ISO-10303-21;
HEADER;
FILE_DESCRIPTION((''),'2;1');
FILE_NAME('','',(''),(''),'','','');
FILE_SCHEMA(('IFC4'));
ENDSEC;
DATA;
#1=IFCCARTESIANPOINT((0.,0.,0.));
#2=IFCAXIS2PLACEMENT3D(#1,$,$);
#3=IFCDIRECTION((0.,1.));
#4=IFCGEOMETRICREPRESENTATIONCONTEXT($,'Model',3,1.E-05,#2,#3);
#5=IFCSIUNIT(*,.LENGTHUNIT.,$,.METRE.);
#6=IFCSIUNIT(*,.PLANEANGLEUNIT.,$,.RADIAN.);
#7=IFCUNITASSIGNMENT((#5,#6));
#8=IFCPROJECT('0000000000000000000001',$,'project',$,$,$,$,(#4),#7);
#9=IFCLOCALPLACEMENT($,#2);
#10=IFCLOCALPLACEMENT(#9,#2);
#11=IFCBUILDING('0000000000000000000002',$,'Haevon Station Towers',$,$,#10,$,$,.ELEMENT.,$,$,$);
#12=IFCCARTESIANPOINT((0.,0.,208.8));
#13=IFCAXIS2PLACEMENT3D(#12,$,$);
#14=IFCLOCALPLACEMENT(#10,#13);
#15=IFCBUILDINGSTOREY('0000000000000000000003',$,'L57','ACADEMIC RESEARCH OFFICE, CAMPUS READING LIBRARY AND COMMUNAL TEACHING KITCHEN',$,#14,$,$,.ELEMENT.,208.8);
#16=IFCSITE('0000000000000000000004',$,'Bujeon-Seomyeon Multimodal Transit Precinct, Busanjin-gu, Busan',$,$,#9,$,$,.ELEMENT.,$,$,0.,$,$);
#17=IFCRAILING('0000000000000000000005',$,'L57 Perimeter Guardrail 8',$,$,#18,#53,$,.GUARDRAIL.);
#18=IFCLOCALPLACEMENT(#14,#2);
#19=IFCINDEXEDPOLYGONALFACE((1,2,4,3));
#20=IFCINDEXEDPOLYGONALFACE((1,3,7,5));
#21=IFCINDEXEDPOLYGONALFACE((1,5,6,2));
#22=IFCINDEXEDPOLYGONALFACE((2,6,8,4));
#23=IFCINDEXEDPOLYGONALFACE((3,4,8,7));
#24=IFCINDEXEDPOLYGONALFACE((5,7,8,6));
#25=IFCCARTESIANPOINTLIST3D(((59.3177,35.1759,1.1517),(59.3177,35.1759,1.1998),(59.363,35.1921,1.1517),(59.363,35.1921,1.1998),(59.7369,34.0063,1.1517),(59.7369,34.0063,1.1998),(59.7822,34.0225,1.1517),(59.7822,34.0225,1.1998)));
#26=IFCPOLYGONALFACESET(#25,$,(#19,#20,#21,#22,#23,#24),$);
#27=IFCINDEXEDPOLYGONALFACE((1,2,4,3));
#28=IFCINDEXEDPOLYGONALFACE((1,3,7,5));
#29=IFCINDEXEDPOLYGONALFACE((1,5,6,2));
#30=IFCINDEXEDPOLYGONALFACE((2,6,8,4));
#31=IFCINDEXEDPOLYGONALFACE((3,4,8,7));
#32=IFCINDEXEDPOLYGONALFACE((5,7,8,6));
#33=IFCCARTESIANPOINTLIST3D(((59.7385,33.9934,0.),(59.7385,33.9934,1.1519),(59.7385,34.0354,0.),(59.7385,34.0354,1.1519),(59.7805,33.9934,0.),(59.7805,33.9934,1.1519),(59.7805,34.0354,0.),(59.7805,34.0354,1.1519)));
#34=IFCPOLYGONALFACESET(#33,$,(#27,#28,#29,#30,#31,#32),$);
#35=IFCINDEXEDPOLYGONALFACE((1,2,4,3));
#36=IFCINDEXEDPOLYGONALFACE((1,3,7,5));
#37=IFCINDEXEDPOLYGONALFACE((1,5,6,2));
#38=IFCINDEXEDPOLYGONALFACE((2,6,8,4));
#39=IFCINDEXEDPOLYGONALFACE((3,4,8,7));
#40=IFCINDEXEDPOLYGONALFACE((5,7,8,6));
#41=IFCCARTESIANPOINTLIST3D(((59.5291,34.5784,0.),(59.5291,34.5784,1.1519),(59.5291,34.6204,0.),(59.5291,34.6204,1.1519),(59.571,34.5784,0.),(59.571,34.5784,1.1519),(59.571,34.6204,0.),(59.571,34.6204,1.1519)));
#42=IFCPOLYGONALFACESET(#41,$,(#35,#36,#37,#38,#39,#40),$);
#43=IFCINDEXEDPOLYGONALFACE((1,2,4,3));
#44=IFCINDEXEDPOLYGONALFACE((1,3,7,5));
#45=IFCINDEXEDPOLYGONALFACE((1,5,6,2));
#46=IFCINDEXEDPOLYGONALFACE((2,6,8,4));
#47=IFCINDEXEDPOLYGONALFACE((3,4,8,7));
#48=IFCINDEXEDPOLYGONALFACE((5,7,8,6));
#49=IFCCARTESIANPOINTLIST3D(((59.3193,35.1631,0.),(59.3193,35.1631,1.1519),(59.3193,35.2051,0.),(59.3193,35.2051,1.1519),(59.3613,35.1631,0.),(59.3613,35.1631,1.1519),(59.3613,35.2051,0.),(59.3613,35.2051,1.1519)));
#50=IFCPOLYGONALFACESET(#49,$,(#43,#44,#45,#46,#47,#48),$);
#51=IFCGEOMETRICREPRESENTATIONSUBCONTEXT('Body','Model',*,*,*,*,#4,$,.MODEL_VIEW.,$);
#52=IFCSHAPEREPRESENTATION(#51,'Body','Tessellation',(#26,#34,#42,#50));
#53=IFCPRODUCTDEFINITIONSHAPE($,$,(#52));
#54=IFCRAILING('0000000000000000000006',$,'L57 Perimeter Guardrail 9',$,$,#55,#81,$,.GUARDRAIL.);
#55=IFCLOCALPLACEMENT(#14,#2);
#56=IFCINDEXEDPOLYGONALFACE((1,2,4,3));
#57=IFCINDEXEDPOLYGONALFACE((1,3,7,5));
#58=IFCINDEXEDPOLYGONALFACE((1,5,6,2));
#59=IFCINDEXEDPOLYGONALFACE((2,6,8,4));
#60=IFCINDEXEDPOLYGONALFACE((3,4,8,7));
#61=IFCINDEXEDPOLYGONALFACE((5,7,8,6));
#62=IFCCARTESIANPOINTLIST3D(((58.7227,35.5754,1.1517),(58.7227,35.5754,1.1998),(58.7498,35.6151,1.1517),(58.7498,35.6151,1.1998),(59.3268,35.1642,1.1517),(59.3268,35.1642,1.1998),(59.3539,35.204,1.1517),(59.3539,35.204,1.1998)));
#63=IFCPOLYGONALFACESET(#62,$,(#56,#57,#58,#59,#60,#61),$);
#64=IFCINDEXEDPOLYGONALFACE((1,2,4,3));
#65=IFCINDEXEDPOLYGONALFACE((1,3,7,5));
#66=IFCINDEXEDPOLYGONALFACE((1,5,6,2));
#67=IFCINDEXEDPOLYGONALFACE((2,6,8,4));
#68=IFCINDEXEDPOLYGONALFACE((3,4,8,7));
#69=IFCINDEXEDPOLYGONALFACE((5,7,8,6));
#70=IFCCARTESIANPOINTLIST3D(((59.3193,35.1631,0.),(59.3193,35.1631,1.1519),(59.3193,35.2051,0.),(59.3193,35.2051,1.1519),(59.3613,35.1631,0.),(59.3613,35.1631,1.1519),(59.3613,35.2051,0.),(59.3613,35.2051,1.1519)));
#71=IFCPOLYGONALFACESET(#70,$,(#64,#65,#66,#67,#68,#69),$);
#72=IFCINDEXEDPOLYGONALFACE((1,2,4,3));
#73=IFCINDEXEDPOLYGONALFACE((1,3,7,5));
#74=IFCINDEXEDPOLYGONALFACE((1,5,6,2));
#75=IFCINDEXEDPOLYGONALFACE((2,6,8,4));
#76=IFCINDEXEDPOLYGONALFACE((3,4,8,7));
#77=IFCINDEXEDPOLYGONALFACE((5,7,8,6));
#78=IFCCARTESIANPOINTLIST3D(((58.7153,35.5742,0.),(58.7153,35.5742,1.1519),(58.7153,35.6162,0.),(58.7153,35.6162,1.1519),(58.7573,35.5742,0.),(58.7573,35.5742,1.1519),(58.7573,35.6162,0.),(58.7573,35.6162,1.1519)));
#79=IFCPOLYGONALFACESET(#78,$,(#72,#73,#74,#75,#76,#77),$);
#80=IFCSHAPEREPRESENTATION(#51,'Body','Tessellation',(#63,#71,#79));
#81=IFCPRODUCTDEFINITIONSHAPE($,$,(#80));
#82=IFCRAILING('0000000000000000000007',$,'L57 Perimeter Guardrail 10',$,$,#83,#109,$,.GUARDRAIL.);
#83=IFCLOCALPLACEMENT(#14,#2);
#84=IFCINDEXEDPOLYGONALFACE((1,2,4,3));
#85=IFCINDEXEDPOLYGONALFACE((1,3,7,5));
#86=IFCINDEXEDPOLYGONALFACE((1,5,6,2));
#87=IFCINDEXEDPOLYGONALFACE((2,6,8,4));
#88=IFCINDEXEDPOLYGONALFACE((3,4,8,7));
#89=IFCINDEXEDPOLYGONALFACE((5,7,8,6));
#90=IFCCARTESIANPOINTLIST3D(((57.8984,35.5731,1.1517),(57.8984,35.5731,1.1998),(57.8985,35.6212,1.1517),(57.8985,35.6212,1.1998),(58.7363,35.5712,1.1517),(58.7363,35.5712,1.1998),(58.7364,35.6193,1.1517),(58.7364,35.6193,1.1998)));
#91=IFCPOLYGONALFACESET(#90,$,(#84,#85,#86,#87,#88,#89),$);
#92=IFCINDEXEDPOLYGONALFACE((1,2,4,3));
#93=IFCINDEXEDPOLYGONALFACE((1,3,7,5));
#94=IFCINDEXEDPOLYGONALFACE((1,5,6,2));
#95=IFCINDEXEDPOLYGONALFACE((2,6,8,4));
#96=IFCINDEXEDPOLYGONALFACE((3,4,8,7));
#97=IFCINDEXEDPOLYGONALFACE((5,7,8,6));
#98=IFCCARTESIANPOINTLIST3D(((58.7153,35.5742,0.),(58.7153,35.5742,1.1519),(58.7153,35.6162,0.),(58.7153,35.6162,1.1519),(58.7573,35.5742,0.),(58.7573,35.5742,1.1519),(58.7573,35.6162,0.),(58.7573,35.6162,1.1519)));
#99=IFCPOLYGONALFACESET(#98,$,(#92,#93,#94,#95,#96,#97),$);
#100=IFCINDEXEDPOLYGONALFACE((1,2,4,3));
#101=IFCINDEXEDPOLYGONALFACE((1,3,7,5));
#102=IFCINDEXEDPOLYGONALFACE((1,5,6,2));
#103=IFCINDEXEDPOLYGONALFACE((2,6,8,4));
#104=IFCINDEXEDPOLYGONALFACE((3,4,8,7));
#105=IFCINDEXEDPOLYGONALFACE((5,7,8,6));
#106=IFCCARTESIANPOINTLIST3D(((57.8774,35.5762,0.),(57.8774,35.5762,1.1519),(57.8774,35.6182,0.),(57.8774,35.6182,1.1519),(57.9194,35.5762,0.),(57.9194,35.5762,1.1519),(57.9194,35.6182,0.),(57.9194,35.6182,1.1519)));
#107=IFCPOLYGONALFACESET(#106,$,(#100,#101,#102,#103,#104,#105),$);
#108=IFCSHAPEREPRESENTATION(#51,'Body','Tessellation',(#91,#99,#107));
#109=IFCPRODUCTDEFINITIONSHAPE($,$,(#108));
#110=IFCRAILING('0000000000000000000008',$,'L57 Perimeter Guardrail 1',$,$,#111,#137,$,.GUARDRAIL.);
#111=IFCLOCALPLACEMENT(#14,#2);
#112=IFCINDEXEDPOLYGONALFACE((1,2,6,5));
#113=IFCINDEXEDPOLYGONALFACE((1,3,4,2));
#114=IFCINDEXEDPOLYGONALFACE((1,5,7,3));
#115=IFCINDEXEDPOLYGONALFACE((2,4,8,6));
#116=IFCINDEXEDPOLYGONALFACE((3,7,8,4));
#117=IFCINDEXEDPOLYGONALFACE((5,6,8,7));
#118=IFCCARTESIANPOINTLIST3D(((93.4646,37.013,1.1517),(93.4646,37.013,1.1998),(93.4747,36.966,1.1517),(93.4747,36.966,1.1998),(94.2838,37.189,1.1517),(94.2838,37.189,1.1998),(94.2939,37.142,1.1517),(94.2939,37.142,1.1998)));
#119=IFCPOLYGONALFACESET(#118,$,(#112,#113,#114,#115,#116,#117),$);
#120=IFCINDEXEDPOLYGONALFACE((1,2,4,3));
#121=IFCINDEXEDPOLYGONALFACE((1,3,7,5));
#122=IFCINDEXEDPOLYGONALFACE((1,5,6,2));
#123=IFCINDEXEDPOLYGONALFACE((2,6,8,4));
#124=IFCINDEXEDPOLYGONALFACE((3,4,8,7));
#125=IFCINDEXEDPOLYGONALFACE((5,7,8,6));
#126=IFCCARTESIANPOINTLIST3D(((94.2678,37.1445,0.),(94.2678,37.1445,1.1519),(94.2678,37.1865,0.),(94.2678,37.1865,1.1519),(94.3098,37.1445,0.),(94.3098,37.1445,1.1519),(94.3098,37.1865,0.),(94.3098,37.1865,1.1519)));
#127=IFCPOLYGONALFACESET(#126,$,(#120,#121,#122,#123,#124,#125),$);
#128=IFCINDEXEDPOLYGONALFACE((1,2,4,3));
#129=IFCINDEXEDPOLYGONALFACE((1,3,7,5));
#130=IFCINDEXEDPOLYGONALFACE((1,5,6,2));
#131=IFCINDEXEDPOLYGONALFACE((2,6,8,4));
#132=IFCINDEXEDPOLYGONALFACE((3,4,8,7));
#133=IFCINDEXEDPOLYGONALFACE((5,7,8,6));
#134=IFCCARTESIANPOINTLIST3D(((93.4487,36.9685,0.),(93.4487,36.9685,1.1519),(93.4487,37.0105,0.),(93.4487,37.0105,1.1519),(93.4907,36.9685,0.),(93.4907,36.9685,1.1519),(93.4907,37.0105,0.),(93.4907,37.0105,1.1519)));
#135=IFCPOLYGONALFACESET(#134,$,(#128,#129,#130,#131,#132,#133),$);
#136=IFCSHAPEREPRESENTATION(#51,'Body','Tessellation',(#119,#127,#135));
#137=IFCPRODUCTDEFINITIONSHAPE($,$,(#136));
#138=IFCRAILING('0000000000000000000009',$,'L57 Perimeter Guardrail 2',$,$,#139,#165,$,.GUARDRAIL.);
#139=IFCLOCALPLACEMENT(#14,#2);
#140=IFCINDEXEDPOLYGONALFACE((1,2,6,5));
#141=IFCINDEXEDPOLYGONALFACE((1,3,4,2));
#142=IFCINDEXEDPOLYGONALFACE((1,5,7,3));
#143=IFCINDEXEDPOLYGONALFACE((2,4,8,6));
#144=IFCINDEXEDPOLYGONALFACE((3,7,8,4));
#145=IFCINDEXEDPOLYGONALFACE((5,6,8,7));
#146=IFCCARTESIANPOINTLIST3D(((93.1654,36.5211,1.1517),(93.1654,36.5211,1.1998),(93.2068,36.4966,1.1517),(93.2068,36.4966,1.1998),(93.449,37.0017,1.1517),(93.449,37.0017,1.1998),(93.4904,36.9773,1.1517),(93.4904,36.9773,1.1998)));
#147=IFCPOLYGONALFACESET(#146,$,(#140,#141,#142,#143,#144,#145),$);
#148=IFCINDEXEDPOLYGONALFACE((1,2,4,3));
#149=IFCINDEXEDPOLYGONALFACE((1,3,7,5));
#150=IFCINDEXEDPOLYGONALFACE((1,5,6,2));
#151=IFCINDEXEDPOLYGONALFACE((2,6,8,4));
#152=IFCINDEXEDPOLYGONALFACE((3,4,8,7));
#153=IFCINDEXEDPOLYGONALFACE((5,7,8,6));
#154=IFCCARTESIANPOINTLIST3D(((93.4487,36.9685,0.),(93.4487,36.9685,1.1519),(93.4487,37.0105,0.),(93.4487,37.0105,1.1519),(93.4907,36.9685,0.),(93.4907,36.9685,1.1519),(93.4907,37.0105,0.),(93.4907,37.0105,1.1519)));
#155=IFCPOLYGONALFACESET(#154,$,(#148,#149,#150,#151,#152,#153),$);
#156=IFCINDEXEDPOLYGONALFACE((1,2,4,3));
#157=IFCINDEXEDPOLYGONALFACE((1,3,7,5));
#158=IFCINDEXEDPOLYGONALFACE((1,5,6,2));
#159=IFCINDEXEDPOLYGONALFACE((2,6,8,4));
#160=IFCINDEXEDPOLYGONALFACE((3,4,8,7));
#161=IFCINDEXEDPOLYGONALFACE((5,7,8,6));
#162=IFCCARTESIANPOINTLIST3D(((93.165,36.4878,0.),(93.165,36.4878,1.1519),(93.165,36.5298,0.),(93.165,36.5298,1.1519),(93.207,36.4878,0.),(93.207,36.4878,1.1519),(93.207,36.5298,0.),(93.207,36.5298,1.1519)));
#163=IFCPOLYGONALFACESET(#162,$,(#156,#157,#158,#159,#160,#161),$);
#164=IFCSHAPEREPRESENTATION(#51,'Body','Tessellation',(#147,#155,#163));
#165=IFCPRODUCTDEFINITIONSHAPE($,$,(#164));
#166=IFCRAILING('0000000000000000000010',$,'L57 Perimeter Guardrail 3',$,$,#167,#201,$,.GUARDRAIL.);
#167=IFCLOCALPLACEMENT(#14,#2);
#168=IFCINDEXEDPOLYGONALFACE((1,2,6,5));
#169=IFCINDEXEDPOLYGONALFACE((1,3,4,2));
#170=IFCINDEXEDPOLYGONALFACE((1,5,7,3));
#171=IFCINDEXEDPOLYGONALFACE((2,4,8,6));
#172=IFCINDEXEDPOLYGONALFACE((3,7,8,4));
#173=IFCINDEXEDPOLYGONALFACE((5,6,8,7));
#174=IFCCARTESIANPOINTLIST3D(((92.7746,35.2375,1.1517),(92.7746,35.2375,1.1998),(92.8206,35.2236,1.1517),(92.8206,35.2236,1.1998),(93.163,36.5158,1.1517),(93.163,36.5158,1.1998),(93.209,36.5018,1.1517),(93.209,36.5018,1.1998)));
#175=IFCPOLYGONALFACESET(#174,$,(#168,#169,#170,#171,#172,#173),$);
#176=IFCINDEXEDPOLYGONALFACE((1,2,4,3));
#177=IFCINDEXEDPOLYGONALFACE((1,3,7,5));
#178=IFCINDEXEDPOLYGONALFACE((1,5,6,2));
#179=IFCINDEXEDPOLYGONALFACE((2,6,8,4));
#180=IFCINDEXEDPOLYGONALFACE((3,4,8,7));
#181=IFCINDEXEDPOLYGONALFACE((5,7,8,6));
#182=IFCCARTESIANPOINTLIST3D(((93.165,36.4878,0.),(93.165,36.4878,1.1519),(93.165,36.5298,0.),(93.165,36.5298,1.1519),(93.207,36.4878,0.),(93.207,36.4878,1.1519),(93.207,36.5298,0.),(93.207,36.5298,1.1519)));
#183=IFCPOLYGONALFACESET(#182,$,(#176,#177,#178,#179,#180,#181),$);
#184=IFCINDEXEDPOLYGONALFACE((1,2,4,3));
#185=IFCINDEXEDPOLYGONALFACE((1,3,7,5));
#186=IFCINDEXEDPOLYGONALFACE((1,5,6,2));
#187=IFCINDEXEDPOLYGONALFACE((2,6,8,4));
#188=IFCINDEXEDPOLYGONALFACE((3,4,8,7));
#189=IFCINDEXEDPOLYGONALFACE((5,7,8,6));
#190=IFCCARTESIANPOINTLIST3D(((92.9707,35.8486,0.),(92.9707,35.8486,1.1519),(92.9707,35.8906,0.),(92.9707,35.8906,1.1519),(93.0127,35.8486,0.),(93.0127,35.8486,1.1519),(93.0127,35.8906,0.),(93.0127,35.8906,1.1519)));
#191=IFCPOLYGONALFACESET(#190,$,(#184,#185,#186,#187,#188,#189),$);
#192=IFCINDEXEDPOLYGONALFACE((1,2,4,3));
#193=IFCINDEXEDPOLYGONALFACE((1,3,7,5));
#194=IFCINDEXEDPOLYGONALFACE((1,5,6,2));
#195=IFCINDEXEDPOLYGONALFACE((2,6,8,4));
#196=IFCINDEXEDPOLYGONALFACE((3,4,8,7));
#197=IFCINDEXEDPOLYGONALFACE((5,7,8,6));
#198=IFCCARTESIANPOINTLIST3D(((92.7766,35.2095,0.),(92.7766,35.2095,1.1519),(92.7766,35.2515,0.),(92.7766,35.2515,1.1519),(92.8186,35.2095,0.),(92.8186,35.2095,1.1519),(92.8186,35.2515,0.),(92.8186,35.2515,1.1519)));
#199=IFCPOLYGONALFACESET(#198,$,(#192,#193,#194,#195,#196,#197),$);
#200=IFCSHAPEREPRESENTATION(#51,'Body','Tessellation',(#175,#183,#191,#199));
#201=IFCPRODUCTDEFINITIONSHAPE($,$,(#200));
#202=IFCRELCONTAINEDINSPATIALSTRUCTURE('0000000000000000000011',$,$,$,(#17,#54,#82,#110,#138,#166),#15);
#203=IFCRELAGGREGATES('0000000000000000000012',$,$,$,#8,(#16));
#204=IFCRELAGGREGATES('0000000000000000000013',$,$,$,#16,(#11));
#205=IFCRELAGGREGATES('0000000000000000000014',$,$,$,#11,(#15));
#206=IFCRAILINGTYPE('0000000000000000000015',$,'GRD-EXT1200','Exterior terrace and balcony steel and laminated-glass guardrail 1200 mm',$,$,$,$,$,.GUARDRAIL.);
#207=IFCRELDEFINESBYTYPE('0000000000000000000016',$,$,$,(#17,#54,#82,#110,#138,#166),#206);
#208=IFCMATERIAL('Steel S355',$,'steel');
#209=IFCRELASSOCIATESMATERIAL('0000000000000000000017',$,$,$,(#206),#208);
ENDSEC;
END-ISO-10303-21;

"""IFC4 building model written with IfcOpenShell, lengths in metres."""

from ifc_helpers import new_model, si_unit, direction, frame, origin, origin_2d, place, context, subcontext, project, spatial, rectangle, extrude, material, type_object, element, save


model = new_model("IFC4")

# Units and contexts
model_context = context("Model", 3, precision=1e-05, world=origin(), true_north=direction((0.0, 1.0)))
body_context = subcontext(model_context, "Body", "Model", "MODEL_VIEW")
ifc_project = project(units=[si_unit("LENGTHUNIT", "METRE"), si_unit("PLANEANGLEUNIT", "RADIAN")], contexts=[model_context])

# Site, building, storey
site_placement = place(None, origin())
site = spatial("IfcSite", under=ifc_project, at=site_placement, Name="Bujeon-Seomyeon Multimodal Transit Precinct, Busanjin-gu, Busan", CompositionType="ELEMENT", RefElevation=0.0)
building_placement = place(site_placement, origin())
building = spatial("IfcBuilding", under=site, at=building_placement, Name="Haevon Station Towers", CompositionType="ELEMENT")
storey_placement = place(building_placement, frame((0.0, 0.0, 208.8)))
storey = spatial("IfcBuildingStorey", under=building, at=storey_placement, Name="L57", Description="ACADEMIC RESEARCH OFFICE, CAMPUS READING LIBRARY AND COMMUNAL TEACHING KITCHEN", CompositionType="ELEMENT", Elevation=208.8)

# Shared definitions
ifc_material_1 = material(Name="Steel S355", Category="steel")

# Railings
railing_type = type_object("IfcRailingType", Name="GRD-EXT1200", Description="Exterior terrace and balcony steel and laminated-glass guardrail 1200 mm", PredefinedType="GUARDRAIL", material=ifc_material_1)
railing_1_placement = place(storey_placement, frame((59.7595, 34.0144, 0.0)))
element("IfcRailing", 1, at=railing_1_placement, inside=storey, type_object=railing_type, Name="L57 Perimeter Guardrail 8", PredefinedType="GUARDRAIL", context=body_context, shape_type="SweptSolid", body=[
    extrude(rectangle(XDim=0.0481, YDim=0.0481, at=origin_2d()), frame((0.0, 0.0, 1.1758), z_axis=(-0.337369, 0.941372, 0.0), x_axis=(-0.941372, -0.337369, 0.0)), (0.0, 0.0, 1.0), 1.2424),
    extrude(rectangle(XDim=0.042, YDim=0.042, at=origin_2d()), origin(), (0.0, 0.0, 1.0), 1.1519),
    extrude(rectangle(XDim=0.042, YDim=0.042, at=origin_2d()), frame((-0.2095, 0.585, 0.0)), (0.0, 0.0, 1.0), 1.1519),
    extrude(rectangle(XDim=0.042, YDim=0.042, at=origin_2d()), frame((-0.4192, 1.1697, 0.0)), (0.0, 0.0, 1.0), 1.1519),
])
railing_2_placement = place(storey_placement, frame((59.3403, 35.1841, 0.0)))
element("IfcRailing", 2, at=railing_2_placement, inside=storey, type_object=railing_type, Name="L57 Perimeter Guardrail 9", PredefinedType="GUARDRAIL", context=body_context, shape_type="SweptSolid", body=[
    extrude(rectangle(XDim=0.0481, YDim=0.0481, at=origin_2d()), frame((0.0, 0.0, 1.1758), z_axis=(-0.826665, 0.562694, 0.0), x_axis=(-0.562694, -0.826665, 0.0)), (0.0, 0.0, 1.0), 0.7307),
    extrude(rectangle(XDim=0.042, YDim=0.042, at=origin_2d()), origin(), (0.0, 0.0, 1.0), 1.1519),
    extrude(rectangle(XDim=0.042, YDim=0.042, at=origin_2d()), frame((-0.604, 0.4111, 0.0)), (0.0, 0.0, 1.0), 1.1519),
])
railing_3_placement = place(storey_placement, frame((58.7363, 35.5952, 0.0)))
element("IfcRailing", 3, at=railing_3_placement, inside=storey, type_object=railing_type, Name="L57 Perimeter Guardrail 10", PredefinedType="GUARDRAIL", context=body_context, shape_type="SweptSolid", body=[
    extrude(rectangle(XDim=0.0481, YDim=0.0481, at=origin_2d()), frame((0.0, 0.0, 1.1758), z_axis=(-0.999997, 0.002331, 0.0), x_axis=(-0.002331, -0.999997, 0.0)), (0.0, 0.0, 1.0), 0.8379),
    extrude(rectangle(XDim=0.042, YDim=0.042, at=origin_2d()), origin(), (0.0, 0.0, 1.0), 1.1519),
    extrude(rectangle(XDim=0.042, YDim=0.042, at=origin_2d()), frame((-0.8379, 0.002, 0.0)), (0.0, 0.0, 1.0), 1.1519),
])
railing_4_placement = place(storey_placement, frame((94.2888, 37.1655, 0.0)))
element("IfcRailing", 4, at=railing_4_placement, inside=storey, type_object=railing_type, Name="L57 Perimeter Guardrail 1", PredefinedType="GUARDRAIL", context=body_context, shape_type="SweptSolid", body=[
    extrude(rectangle(XDim=0.0481, YDim=0.0481, at=origin_2d()), frame((0.0, 0.0, 1.1758), z_axis=(-0.977679, -0.210106, 0.0), x_axis=(0.210106, -0.977679, 0.0)), (0.0, 0.0, 1.0), 0.8379),
    extrude(rectangle(XDim=0.042, YDim=0.042, at=origin_2d()), origin(), (0.0, 0.0, 1.0), 1.1519),
    extrude(rectangle(XDim=0.042, YDim=0.042, at=origin_2d()), frame((-0.8191, -0.176, 0.0)), (0.0, 0.0, 1.0), 1.1519),
])
railing_5_placement = place(storey_placement, frame((93.4697, 36.9895, 0.0)))
element("IfcRailing", 5, at=railing_5_placement, inside=storey, type_object=railing_type, Name="L57 Perimeter Guardrail 2", PredefinedType="GUARDRAIL", context=body_context, shape_type="SweptSolid", body=[
    extrude(rectangle(XDim=0.0481, YDim=0.0481, at=origin_2d()), frame((0.0, 0.0, 1.1758), z_axis=(-0.508243, -0.861214, 0.0), x_axis=(0.861214, -0.508243, 0.0)), (0.0, 0.0, 1.0), 0.5581),
    extrude(rectangle(XDim=0.042, YDim=0.042, at=origin_2d()), origin(), (0.0, 0.0, 1.0), 1.1519),
    extrude(rectangle(XDim=0.042, YDim=0.042, at=origin_2d()), frame((-0.2837, -0.4807, 0.0)), (0.0, 0.0, 1.0), 1.1519),
])
railing_6_placement = place(storey_placement, frame((93.186, 36.5088, 0.0)))
element("IfcRailing", 6, at=railing_6_placement, inside=storey, type_object=railing_type, Name="L57 Perimeter Guardrail 3", PredefinedType="GUARDRAIL", context=body_context, shape_type="SweptSolid", body=[
    extrude(rectangle(XDim=0.0481, YDim=0.0481, at=origin_2d()), frame((0.0, 0.0, 1.1758), z_axis=(-0.290733, -0.956804, 0.0), x_axis=(0.956804, -0.290733, 0.0)), (0.0, 0.0, 1.0), 1.3359),
    extrude(rectangle(XDim=0.042, YDim=0.042, at=origin_2d()), origin(), (0.0, 0.0, 1.0), 1.1519),
    extrude(rectangle(XDim=0.042, YDim=0.042, at=origin_2d()), frame((-0.1943, -0.6392, 0.0)), (0.0, 0.0, 1.0), 1.1519),
    extrude(rectangle(XDim=0.042, YDim=0.042, at=origin_2d()), frame((-0.3884, -1.2783, 0.0)), (0.0, 0.0, 1.0), 1.1519),
])

save(model, "model.ifc")
